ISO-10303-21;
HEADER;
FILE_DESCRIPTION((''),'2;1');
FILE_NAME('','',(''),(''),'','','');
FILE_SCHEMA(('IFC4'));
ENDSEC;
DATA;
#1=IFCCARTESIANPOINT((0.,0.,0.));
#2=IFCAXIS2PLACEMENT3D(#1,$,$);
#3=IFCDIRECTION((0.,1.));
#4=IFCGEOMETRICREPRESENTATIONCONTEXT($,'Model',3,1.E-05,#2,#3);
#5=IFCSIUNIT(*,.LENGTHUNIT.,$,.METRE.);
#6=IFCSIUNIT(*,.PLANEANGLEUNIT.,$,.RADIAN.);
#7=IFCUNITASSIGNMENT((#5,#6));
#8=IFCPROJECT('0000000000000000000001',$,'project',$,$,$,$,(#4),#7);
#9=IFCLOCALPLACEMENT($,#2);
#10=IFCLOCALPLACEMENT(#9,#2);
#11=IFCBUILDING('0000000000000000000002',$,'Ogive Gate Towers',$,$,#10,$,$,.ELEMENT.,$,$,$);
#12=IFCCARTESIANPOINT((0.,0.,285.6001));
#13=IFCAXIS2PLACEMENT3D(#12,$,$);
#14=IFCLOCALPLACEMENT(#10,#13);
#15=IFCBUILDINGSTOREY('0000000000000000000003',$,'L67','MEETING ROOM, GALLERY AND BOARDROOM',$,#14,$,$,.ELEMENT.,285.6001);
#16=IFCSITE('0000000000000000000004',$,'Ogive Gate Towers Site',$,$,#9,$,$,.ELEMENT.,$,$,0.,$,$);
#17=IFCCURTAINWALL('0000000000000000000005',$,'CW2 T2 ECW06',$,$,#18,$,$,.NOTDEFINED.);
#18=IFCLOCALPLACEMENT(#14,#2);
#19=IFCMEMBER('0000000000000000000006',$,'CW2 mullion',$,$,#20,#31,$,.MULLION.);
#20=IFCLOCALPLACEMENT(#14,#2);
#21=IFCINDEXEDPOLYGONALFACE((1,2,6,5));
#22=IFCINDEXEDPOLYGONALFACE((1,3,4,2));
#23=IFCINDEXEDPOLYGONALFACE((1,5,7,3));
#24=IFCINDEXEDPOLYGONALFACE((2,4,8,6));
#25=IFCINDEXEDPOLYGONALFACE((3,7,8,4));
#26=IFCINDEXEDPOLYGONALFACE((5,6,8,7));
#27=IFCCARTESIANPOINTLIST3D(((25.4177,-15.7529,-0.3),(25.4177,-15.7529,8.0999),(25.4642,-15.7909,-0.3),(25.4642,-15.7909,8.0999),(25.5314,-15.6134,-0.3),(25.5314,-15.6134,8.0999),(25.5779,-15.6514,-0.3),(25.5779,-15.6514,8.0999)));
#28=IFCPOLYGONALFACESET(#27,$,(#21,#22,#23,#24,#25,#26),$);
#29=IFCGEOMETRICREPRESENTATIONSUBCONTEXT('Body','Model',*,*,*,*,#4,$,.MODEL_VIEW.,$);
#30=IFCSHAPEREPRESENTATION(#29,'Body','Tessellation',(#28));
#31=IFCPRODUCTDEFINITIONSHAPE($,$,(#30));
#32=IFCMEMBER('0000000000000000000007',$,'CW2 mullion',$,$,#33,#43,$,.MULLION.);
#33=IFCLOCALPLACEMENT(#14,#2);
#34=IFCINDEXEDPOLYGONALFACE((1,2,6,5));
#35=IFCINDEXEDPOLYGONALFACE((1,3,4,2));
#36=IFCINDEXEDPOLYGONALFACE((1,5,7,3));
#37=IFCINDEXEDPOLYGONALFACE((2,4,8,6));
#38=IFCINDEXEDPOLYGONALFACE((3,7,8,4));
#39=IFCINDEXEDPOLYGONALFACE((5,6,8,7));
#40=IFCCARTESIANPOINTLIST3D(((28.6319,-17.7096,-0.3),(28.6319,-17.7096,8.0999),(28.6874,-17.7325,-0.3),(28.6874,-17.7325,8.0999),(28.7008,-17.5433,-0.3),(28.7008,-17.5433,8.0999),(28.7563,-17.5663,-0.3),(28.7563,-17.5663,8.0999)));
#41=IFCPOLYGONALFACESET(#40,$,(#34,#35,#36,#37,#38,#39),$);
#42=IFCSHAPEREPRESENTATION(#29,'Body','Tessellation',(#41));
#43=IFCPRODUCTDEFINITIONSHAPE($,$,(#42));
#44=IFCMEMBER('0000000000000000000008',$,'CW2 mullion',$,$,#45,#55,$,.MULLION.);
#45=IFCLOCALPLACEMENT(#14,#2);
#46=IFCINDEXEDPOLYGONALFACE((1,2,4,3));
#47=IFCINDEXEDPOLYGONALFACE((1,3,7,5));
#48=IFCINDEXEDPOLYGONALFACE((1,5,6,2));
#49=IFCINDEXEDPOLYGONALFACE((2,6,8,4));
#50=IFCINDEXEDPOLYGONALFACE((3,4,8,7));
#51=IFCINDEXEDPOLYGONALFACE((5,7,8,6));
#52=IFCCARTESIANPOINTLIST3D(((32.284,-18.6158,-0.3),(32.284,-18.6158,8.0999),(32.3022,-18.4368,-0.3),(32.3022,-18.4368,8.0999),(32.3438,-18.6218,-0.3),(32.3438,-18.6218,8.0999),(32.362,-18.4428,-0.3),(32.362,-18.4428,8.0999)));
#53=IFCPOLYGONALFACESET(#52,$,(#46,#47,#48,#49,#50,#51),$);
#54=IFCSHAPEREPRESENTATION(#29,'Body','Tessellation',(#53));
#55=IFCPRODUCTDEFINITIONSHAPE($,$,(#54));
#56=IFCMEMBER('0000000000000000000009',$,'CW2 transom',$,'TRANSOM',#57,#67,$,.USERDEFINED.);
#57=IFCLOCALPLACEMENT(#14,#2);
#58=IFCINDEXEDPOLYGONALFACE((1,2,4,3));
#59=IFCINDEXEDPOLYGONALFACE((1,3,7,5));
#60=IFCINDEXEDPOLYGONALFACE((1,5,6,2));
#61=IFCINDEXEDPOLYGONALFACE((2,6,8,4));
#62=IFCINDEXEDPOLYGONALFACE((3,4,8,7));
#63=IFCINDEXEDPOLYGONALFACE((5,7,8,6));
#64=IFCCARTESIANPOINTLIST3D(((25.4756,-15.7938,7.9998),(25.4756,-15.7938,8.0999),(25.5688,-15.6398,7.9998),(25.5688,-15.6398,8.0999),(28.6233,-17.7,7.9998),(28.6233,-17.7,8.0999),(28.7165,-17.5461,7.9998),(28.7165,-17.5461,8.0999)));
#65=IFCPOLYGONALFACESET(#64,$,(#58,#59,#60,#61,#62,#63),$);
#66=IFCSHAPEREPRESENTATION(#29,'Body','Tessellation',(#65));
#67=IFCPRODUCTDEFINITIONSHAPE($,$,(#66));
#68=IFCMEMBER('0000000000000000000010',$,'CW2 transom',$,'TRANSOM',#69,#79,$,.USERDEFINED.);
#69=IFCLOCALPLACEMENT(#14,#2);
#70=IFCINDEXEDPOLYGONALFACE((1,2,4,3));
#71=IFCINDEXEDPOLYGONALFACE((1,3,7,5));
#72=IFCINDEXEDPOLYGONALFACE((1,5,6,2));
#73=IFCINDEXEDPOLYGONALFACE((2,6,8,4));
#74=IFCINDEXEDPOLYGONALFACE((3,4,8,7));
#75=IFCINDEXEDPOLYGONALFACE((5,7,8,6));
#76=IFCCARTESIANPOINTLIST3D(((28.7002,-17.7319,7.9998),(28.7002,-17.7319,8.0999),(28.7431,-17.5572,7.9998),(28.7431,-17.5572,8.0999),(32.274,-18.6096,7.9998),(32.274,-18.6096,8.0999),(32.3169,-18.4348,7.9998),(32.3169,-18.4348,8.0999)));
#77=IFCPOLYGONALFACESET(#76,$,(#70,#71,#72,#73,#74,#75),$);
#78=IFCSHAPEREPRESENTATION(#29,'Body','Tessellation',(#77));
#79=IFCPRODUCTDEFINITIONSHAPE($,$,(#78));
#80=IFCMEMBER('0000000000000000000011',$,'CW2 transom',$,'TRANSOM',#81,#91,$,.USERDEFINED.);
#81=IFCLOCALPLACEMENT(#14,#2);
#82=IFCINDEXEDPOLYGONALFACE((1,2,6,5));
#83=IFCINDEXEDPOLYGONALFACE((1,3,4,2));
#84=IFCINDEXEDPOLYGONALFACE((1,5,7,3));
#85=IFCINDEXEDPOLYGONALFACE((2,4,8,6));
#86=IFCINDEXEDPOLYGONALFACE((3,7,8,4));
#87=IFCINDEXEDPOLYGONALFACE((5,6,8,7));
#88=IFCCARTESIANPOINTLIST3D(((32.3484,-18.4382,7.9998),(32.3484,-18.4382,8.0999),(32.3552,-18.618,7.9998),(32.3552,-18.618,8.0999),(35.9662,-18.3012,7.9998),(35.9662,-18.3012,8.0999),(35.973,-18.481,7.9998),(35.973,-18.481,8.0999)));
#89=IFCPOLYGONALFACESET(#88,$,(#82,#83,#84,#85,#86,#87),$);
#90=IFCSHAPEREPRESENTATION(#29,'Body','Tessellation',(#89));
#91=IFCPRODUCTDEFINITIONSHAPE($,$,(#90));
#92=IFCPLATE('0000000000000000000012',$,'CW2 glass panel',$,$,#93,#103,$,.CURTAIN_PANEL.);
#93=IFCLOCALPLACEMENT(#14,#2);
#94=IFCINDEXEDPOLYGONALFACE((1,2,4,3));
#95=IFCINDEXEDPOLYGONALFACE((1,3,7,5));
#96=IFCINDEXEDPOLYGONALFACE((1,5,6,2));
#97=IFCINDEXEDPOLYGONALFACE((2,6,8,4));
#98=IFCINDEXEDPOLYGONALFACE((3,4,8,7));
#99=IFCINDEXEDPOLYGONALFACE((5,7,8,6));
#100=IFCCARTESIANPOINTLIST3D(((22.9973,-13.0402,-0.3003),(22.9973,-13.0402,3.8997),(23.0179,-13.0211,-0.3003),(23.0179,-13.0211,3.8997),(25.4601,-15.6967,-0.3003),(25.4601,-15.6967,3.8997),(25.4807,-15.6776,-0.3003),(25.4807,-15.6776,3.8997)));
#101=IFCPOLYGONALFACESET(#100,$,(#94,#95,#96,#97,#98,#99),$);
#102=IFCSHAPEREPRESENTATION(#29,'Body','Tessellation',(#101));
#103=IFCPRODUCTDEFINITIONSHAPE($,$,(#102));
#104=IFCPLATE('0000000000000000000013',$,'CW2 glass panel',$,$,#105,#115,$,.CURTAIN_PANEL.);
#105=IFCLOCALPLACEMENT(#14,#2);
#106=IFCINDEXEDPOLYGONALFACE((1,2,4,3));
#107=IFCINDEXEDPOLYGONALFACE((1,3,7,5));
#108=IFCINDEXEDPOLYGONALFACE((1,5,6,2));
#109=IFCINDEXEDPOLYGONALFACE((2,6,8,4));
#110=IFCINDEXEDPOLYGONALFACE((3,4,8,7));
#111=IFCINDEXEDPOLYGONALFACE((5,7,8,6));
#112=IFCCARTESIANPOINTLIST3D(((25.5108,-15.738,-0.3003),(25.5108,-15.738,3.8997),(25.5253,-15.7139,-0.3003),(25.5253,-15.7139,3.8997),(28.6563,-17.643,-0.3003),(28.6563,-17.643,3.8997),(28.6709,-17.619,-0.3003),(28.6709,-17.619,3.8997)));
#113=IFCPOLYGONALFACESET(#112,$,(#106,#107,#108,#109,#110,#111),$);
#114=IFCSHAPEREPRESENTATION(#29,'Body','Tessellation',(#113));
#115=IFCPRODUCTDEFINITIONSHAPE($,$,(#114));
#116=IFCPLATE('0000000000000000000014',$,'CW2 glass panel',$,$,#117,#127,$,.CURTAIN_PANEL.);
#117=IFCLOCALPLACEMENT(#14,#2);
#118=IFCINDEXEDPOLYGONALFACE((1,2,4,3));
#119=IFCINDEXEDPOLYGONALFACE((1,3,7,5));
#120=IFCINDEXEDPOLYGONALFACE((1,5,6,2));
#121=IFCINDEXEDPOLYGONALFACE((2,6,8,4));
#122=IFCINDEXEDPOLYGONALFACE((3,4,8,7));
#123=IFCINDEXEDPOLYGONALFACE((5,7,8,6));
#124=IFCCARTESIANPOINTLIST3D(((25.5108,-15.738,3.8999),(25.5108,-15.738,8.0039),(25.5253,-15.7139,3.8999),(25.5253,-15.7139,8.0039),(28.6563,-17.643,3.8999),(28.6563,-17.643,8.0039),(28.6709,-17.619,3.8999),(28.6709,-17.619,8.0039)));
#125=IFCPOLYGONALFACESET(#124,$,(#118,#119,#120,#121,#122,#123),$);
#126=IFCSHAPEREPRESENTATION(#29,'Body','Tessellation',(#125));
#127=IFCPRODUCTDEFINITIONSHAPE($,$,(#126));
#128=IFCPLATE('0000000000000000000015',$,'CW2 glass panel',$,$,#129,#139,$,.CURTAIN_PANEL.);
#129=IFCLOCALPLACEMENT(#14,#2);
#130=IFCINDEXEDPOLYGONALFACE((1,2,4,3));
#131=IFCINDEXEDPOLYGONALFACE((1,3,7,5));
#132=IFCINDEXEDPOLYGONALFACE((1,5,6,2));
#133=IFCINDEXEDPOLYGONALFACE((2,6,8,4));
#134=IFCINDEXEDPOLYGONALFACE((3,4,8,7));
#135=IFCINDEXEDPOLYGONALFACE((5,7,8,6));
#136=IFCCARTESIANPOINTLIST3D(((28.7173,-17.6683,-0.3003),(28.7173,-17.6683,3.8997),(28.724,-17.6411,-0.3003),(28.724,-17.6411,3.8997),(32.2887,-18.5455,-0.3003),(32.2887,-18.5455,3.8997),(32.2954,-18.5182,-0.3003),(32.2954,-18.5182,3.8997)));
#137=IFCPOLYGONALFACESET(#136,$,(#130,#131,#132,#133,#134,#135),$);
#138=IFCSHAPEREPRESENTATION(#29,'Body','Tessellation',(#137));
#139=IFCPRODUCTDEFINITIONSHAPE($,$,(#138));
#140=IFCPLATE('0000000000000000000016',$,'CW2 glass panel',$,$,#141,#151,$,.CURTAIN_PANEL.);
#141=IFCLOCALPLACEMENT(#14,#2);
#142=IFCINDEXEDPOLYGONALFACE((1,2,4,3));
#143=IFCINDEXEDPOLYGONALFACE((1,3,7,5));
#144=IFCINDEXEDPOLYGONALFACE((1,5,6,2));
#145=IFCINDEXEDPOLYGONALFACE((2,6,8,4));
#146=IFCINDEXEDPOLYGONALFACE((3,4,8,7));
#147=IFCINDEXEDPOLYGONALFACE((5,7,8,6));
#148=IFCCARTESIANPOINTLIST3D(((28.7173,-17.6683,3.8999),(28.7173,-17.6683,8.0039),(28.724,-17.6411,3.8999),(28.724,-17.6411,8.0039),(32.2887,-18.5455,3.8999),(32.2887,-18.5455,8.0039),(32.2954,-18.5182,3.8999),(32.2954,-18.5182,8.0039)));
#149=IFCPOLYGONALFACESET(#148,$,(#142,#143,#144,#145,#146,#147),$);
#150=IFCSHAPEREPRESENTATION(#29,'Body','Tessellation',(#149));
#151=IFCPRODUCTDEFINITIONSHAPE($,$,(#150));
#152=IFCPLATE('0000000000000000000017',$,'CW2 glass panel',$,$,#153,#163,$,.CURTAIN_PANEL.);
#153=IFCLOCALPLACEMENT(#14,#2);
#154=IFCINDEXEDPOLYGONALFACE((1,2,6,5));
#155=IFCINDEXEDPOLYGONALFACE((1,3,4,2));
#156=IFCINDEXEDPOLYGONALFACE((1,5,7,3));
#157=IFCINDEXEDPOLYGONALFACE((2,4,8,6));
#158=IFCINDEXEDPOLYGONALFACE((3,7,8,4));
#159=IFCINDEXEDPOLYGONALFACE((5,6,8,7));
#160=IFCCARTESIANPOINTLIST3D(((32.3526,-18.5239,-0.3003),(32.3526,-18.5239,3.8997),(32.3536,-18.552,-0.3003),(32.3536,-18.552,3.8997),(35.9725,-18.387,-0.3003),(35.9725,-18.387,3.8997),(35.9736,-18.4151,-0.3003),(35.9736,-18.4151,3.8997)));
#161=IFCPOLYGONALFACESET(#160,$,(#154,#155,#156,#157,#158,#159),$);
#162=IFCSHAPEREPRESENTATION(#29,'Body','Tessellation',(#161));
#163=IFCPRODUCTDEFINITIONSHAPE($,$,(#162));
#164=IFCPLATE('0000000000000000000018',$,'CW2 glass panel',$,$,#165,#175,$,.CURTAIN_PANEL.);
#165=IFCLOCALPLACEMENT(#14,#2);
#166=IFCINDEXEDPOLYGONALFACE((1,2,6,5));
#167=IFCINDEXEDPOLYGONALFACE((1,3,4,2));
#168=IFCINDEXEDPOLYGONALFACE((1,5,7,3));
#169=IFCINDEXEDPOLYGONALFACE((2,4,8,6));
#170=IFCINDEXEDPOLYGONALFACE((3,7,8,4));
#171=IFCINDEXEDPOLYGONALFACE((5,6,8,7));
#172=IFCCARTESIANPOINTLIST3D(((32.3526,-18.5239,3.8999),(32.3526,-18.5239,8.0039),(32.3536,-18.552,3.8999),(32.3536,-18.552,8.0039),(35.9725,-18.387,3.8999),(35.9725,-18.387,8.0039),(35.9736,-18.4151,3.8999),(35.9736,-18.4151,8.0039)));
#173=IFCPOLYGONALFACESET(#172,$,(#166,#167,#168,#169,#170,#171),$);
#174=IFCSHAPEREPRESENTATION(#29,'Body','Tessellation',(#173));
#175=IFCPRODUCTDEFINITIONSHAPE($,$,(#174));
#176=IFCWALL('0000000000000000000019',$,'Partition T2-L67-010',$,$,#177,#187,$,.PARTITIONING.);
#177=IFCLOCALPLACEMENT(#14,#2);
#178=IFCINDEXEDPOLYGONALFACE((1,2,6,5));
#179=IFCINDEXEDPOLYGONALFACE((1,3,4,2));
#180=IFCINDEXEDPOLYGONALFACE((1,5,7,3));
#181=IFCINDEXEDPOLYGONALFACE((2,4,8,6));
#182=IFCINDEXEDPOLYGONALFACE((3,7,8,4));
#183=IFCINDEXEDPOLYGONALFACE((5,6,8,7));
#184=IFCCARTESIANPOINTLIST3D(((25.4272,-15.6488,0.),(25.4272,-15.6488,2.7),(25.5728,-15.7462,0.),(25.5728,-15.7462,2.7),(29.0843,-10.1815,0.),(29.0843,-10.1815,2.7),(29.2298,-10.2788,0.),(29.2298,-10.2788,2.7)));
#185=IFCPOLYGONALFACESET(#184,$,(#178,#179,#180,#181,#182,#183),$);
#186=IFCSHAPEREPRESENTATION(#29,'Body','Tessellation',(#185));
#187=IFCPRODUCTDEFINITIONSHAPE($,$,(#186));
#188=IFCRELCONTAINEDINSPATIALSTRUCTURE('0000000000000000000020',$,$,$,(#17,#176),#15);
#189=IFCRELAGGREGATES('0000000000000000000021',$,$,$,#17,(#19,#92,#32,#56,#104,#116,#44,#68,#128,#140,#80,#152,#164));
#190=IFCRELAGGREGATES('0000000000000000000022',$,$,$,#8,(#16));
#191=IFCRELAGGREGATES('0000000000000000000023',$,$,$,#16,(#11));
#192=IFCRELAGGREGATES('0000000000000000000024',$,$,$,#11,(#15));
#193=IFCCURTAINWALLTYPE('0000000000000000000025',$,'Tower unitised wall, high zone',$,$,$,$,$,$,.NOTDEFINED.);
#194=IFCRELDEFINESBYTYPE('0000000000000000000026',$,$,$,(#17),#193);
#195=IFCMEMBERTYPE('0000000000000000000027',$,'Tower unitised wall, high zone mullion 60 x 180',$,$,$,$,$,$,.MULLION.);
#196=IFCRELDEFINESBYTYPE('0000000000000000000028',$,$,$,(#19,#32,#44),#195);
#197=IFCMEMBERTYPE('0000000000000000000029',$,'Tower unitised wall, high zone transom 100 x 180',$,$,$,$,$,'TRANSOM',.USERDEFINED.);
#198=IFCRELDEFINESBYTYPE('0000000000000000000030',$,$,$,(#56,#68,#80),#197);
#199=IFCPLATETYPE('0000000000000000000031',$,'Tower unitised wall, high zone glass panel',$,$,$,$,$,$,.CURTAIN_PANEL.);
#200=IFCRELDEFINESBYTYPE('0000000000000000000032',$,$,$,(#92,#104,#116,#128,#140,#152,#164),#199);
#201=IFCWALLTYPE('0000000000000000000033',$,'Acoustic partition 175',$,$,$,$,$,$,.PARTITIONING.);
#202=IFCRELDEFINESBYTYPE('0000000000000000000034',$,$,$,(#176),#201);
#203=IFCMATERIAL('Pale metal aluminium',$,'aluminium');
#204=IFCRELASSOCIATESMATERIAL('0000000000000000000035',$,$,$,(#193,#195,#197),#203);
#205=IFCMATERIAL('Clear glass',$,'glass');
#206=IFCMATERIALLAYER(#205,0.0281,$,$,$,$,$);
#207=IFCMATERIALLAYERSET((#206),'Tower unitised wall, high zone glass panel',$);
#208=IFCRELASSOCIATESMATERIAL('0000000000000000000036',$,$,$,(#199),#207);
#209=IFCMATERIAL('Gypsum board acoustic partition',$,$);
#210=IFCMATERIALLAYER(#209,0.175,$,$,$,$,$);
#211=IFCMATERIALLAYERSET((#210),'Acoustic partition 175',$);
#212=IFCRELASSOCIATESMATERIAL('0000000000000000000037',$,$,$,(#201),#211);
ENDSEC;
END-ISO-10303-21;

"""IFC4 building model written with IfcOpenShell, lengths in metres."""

from ifc_helpers import new_model, si_unit, direction, frame, frame_2d, origin, origin_2d, place, context, subcontext, project, spatial, rectangle, extrude, material, layer, layer_set, material_profile, profile_set, type_object, element, aggregate, save


model = new_model("IFC4")

# Units and contexts
model_context = context("Model", 3, precision=1e-05, world=origin(), true_north=direction((0.0, 1.0)))
body_context = subcontext(model_context, "Body", "Model", "MODEL_VIEW")
ifc_project = project(units=[si_unit("LENGTHUNIT", "METRE"), si_unit("PLANEANGLEUNIT", "RADIAN")], contexts=[model_context])

# Site, building, storey
site_placement = place(None, origin())
site = spatial("IfcSite", under=ifc_project, at=site_placement, Name="Ogive Gate Towers Site", CompositionType="ELEMENT", RefElevation=0.0)
building_placement = place(site_placement, origin())
building = spatial("IfcBuilding", under=site, at=building_placement, Name="Ogive Gate Towers", CompositionType="ELEMENT")
storey_placement = place(building_placement, frame((0.0, 0.0, 285.6001)))
storey = spatial("IfcBuildingStorey", under=building, at=storey_placement, Name="L67", Description="MEETING ROOM, GALLERY AND BOARDROOM", CompositionType="ELEMENT", Elevation=285.6001)

# Curtain wall, members, plates
ifc_material_1 = material(Name="Pale metal aluminium", Category="aluminium")
curtain_wall_type = type_object("IfcCurtainWallType", Name="Tower unitised wall, high zone", PredefinedType="NOTDEFINED", material=ifc_material_1)
curtain_wall_placement = place(storey_placement, origin())
curtain_wall = element("IfcCurtainWall", 1, at=curtain_wall_placement, inside=storey, type_object=curtain_wall_type, Name="CW2 T2 ECW06", PredefinedType="NOTDEFINED")
ifc_material_profile_1 = material_profile(ifc_material_1, rectangle(XDim=0.1799, YDim=0.0601, at=origin_2d()), Name="60 x 180 aluminium box")
ifc_profile_set_1 = profile_set([ifc_material_profile_1], Name="Pale metal aluminium")
member_type_1 = type_object("IfcMemberType", Name="Tower unitised wall, high zone mullion 60 x 180", PredefinedType="MULLION", material=ifc_profile_set_1)
member_1_placement = place(storey_placement, frame((25.4978, -15.7021, -0.3), z_axis=(0.0, 0.0, 1.0), x_axis=(-0.631813, -0.775121, 0.0)))
member_1 = element("IfcMember", 2, at=member_1_placement, type_object=member_type_1, Name="CW2 mullion", PredefinedType="MULLION", context=body_context, shape_type="SweptSolid", body=[
    extrude(rectangle(XDim=0.1799, YDim=0.0601, at=origin_2d()), origin(), (0.0, 0.0, 1.0), 8.3999),
])
member_2_placement = place(storey_placement, frame((28.6941, -17.6379, -0.3), z_axis=(0.0, 0.0, 1.0), x_axis=(-0.382683, -0.92388, 0.0)))
member_2 = element("IfcMember", 3, at=member_2_placement, type_object=member_type_1, Name="CW2 mullion", PredefinedType="MULLION", context=body_context, shape_type="SweptSolid", body=[
    extrude(rectangle(XDim=0.1799, YDim=0.0601, at=origin_2d()), origin(), (0.0, 0.0, 1.0), 8.3999),
])
member_3_placement = place(storey_placement, frame((32.323, -18.5293, -0.3), z_axis=(0.0, 0.0, 1.0), x_axis=(-0.101351, -0.994851, 0.0)))
member_3 = element("IfcMember", 4, at=member_3_placement, type_object=member_type_1, Name="CW2 mullion", PredefinedType="MULLION", context=body_context, shape_type="SweptSolid", body=[
    extrude(rectangle(XDim=0.1799, YDim=0.0601, at=origin_2d()), origin(), (0.0, 0.0, 1.0), 8.3999),
])
ifc_material_profile_2 = material_profile(ifc_material_1, rectangle(XDim=0.1799, YDim=0.1001, at=origin_2d()), Name="100 x 180 aluminium box")
ifc_profile_set_2 = profile_set([ifc_material_profile_2], Name="Pale metal aluminium")
member_type_2 = type_object("IfcMemberType", Name="Tower unitised wall, high zone transom 100 x 180", ElementType="TRANSOM", PredefinedType="USERDEFINED", material=ifc_profile_set_2)
member_4_placement = place(storey_placement, frame((25.5222, -15.7168, 8.0498), z_axis=(0.855372, -0.518013, 0.0), x_axis=(0.518013, 0.855372, 0.0)))
member_4 = element("IfcMember", 5, at=member_4_placement, type_object=member_type_2, Name="CW2 transom", ObjectType="TRANSOM", PredefinedType="USERDEFINED", context=body_context, shape_type="SweptSolid", body=[
    extrude(rectangle(XDim=0.1799, YDim=0.1001, at=origin_2d()), origin(), (0.0, 0.0, 1.0), 3.6799),
])
member_5_placement = place(storey_placement, frame((28.7217, -17.6445, 8.0498), z_axis=(0.971141, -0.238506, 0.0), x_axis=(0.238506, 0.971141, 0.0)))
member_5 = element("IfcMember", 6, at=member_5_placement, type_object=member_type_2, Name="CW2 transom", ObjectType="TRANSOM", PredefinedType="USERDEFINED", context=body_context, shape_type="SweptSolid", body=[
    extrude(rectangle(XDim=0.1799, YDim=0.1001, at=origin_2d()), origin(), (0.0, 0.0, 1.0), 3.6799),
])
member_6_placement = place(storey_placement, frame((32.3518, -18.5281, 8.0498), z_axis=(0.999284, 0.037832, 0.0), x_axis=(-0.037832, 0.999284, 0.0)))
member_6 = element("IfcMember", 7, at=member_6_placement, type_object=member_type_2, Name="CW2 transom", ObjectType="TRANSOM", PredefinedType="USERDEFINED", context=body_context, shape_type="SweptSolid", body=[
    extrude(rectangle(XDim=0.1799, YDim=0.1001, at=origin_2d()), origin(), (0.0, 0.0, 1.0), 3.6204),
])
ifc_material_2 = material(Name="Clear glass", Category="glass")
ifc_layer_1 = layer(ifc_material_2, 0.0281)
ifc_layer_set_1 = layer_set([ifc_layer_1], Name="Tower unitised wall, high zone glass panel")
plate_type = type_object("IfcPlateType", Name="Tower unitised wall, high zone glass panel", PredefinedType="CURTAIN_PANEL", material=ifc_layer_set_1)
plate_1_placement = place(storey_placement, frame((24.239, -14.3589, -0.3003), z_axis=(0.0, 0.0, 1.0), x_axis=(0.679864, -0.733338, 0.0)))
plate_1 = element("IfcPlate", 8, at=plate_1_placement, type_object=plate_type, Name="CW2 glass panel", PredefinedType="CURTAIN_PANEL", context=body_context, shape_type="SweptSolid", body=[
    extrude(rectangle(XDim=3.6226, YDim=0.0281, at=origin_2d()), origin(), (0.0, 0.0, 1.0), 4.2),
])
plate_2_placement = place(storey_placement, frame((27.0908, -16.6785, -0.3003), z_axis=(0.0, 0.0, 1.0), x_axis=(0.855364, -0.518027, 0.0)))
plate_2 = element("IfcPlate", 9, at=plate_2_placement, type_object=plate_type, Name="CW2 glass panel", PredefinedType="CURTAIN_PANEL", context=body_context, shape_type="SweptSolid", body=[
    extrude(rectangle(XDim=3.6775, YDim=0.0281, at=origin_2d()), origin(), (0.0, 0.0, 1.0), 4.2),
])
plate_3_placement = place(storey_placement, frame((27.0908, -16.6785, 3.8999), z_axis=(0.0, 0.0, 1.0), x_axis=(0.855364, -0.518027, 0.0)))
plate_3 = element("IfcPlate", 10, at=plate_3_placement, type_object=plate_type, Name="CW2 glass panel", PredefinedType="CURTAIN_PANEL", context=body_context, shape_type="SweptSolid", body=[
    extrude(rectangle(XDim=3.6775, YDim=0.0281, at=origin_2d()), origin(), (0.0, 0.0, 1.0), 4.104),
])
plate_4_placement = place(storey_placement, frame((30.5063, -18.0933, -0.3003), z_axis=(0.0, 0.0, 1.0), x_axis=(0.971138, -0.238517, 0.0)))
plate_4 = element("IfcPlate", 11, at=plate_4_placement, type_object=plate_type, Name="CW2 glass panel", PredefinedType="CURTAIN_PANEL", context=body_context, shape_type="SweptSolid", body=[
    extrude(rectangle(XDim=3.6775, YDim=0.0281, at=origin_2d()), origin(), (0.0, 0.0, 1.0), 4.2),
])
plate_5_placement = place(storey_placement, frame((30.5063, -18.0933, 3.8999), z_axis=(0.0, 0.0, 1.0), x_axis=(0.971138, -0.238517, 0.0)))
plate_5 = element("IfcPlate", 12, at=plate_5_placement, type_object=plate_type, Name="CW2 glass panel", PredefinedType="CURTAIN_PANEL", context=body_context, shape_type="SweptSolid", body=[
    extrude(rectangle(XDim=3.6775, YDim=0.0281, at=origin_2d()), origin(), (0.0, 0.0, 1.0), 4.104),
])
plate_6_placement = place(storey_placement, frame((34.1631, -18.4695, -0.3003), z_axis=(0.0, 0.0, 1.0), x_axis=(0.999286, 0.037795, 0.0)))
plate_6 = element("IfcPlate", 13, at=plate_6_placement, type_object=plate_type, Name="CW2 glass panel", PredefinedType="CURTAIN_PANEL", context=body_context, shape_type="SweptSolid", body=[
    extrude(rectangle(XDim=3.6226, YDim=0.0281, at=origin_2d()), origin(), (0.0, 0.0, 1.0), 4.2),
])
plate_7_placement = place(storey_placement, frame((34.1631, -18.4695, 3.8999), z_axis=(0.0, 0.0, 1.0), x_axis=(0.999286, 0.037795, 0.0)))
plate_7 = element("IfcPlate", 14, at=plate_7_placement, type_object=plate_type, Name="CW2 glass panel", PredefinedType="CURTAIN_PANEL", context=body_context, shape_type="SweptSolid", body=[
    extrude(rectangle(XDim=3.6226, YDim=0.0281, at=origin_2d()), origin(), (0.0, 0.0, 1.0), 4.104),
])
aggregate(curtain_wall, [member_1, plate_1, member_2, member_4, plate_2, plate_3, member_3, member_5, plate_4, plate_5, member_6, plate_6, plate_7])

# Wall
ifc_material_3 = material(Name="Gypsum board acoustic partition")
ifc_layer_2 = layer(ifc_material_3, 0.175)
ifc_layer_set_2 = layer_set([ifc_layer_2], Name="Acoustic partition 175")
wall_type = type_object("IfcWallType", Name="Acoustic partition 175", PredefinedType="PARTITIONING", material=ifc_layer_set_2)
wall_1_placement = place(storey_placement, frame((25.5, -15.6975, 0.0), z_axis=(0.0, 0.0, 1.0), x_axis=(0.555976, 0.831198, 0.0)))
element("IfcWall", 15, at=wall_1_placement, inside=storey, type_object=wall_type, Name="Partition T2-L67-010", PredefinedType="PARTITIONING", context=body_context, shape_type="SweptSolid", body=[
    extrude(rectangle(XDim=6.5776, YDim=0.175, at=frame_2d((3.2888, 0.0))), origin(), (0.0, 0.0, 1.0), 2.7),
])

save(model, "model.ifc")
